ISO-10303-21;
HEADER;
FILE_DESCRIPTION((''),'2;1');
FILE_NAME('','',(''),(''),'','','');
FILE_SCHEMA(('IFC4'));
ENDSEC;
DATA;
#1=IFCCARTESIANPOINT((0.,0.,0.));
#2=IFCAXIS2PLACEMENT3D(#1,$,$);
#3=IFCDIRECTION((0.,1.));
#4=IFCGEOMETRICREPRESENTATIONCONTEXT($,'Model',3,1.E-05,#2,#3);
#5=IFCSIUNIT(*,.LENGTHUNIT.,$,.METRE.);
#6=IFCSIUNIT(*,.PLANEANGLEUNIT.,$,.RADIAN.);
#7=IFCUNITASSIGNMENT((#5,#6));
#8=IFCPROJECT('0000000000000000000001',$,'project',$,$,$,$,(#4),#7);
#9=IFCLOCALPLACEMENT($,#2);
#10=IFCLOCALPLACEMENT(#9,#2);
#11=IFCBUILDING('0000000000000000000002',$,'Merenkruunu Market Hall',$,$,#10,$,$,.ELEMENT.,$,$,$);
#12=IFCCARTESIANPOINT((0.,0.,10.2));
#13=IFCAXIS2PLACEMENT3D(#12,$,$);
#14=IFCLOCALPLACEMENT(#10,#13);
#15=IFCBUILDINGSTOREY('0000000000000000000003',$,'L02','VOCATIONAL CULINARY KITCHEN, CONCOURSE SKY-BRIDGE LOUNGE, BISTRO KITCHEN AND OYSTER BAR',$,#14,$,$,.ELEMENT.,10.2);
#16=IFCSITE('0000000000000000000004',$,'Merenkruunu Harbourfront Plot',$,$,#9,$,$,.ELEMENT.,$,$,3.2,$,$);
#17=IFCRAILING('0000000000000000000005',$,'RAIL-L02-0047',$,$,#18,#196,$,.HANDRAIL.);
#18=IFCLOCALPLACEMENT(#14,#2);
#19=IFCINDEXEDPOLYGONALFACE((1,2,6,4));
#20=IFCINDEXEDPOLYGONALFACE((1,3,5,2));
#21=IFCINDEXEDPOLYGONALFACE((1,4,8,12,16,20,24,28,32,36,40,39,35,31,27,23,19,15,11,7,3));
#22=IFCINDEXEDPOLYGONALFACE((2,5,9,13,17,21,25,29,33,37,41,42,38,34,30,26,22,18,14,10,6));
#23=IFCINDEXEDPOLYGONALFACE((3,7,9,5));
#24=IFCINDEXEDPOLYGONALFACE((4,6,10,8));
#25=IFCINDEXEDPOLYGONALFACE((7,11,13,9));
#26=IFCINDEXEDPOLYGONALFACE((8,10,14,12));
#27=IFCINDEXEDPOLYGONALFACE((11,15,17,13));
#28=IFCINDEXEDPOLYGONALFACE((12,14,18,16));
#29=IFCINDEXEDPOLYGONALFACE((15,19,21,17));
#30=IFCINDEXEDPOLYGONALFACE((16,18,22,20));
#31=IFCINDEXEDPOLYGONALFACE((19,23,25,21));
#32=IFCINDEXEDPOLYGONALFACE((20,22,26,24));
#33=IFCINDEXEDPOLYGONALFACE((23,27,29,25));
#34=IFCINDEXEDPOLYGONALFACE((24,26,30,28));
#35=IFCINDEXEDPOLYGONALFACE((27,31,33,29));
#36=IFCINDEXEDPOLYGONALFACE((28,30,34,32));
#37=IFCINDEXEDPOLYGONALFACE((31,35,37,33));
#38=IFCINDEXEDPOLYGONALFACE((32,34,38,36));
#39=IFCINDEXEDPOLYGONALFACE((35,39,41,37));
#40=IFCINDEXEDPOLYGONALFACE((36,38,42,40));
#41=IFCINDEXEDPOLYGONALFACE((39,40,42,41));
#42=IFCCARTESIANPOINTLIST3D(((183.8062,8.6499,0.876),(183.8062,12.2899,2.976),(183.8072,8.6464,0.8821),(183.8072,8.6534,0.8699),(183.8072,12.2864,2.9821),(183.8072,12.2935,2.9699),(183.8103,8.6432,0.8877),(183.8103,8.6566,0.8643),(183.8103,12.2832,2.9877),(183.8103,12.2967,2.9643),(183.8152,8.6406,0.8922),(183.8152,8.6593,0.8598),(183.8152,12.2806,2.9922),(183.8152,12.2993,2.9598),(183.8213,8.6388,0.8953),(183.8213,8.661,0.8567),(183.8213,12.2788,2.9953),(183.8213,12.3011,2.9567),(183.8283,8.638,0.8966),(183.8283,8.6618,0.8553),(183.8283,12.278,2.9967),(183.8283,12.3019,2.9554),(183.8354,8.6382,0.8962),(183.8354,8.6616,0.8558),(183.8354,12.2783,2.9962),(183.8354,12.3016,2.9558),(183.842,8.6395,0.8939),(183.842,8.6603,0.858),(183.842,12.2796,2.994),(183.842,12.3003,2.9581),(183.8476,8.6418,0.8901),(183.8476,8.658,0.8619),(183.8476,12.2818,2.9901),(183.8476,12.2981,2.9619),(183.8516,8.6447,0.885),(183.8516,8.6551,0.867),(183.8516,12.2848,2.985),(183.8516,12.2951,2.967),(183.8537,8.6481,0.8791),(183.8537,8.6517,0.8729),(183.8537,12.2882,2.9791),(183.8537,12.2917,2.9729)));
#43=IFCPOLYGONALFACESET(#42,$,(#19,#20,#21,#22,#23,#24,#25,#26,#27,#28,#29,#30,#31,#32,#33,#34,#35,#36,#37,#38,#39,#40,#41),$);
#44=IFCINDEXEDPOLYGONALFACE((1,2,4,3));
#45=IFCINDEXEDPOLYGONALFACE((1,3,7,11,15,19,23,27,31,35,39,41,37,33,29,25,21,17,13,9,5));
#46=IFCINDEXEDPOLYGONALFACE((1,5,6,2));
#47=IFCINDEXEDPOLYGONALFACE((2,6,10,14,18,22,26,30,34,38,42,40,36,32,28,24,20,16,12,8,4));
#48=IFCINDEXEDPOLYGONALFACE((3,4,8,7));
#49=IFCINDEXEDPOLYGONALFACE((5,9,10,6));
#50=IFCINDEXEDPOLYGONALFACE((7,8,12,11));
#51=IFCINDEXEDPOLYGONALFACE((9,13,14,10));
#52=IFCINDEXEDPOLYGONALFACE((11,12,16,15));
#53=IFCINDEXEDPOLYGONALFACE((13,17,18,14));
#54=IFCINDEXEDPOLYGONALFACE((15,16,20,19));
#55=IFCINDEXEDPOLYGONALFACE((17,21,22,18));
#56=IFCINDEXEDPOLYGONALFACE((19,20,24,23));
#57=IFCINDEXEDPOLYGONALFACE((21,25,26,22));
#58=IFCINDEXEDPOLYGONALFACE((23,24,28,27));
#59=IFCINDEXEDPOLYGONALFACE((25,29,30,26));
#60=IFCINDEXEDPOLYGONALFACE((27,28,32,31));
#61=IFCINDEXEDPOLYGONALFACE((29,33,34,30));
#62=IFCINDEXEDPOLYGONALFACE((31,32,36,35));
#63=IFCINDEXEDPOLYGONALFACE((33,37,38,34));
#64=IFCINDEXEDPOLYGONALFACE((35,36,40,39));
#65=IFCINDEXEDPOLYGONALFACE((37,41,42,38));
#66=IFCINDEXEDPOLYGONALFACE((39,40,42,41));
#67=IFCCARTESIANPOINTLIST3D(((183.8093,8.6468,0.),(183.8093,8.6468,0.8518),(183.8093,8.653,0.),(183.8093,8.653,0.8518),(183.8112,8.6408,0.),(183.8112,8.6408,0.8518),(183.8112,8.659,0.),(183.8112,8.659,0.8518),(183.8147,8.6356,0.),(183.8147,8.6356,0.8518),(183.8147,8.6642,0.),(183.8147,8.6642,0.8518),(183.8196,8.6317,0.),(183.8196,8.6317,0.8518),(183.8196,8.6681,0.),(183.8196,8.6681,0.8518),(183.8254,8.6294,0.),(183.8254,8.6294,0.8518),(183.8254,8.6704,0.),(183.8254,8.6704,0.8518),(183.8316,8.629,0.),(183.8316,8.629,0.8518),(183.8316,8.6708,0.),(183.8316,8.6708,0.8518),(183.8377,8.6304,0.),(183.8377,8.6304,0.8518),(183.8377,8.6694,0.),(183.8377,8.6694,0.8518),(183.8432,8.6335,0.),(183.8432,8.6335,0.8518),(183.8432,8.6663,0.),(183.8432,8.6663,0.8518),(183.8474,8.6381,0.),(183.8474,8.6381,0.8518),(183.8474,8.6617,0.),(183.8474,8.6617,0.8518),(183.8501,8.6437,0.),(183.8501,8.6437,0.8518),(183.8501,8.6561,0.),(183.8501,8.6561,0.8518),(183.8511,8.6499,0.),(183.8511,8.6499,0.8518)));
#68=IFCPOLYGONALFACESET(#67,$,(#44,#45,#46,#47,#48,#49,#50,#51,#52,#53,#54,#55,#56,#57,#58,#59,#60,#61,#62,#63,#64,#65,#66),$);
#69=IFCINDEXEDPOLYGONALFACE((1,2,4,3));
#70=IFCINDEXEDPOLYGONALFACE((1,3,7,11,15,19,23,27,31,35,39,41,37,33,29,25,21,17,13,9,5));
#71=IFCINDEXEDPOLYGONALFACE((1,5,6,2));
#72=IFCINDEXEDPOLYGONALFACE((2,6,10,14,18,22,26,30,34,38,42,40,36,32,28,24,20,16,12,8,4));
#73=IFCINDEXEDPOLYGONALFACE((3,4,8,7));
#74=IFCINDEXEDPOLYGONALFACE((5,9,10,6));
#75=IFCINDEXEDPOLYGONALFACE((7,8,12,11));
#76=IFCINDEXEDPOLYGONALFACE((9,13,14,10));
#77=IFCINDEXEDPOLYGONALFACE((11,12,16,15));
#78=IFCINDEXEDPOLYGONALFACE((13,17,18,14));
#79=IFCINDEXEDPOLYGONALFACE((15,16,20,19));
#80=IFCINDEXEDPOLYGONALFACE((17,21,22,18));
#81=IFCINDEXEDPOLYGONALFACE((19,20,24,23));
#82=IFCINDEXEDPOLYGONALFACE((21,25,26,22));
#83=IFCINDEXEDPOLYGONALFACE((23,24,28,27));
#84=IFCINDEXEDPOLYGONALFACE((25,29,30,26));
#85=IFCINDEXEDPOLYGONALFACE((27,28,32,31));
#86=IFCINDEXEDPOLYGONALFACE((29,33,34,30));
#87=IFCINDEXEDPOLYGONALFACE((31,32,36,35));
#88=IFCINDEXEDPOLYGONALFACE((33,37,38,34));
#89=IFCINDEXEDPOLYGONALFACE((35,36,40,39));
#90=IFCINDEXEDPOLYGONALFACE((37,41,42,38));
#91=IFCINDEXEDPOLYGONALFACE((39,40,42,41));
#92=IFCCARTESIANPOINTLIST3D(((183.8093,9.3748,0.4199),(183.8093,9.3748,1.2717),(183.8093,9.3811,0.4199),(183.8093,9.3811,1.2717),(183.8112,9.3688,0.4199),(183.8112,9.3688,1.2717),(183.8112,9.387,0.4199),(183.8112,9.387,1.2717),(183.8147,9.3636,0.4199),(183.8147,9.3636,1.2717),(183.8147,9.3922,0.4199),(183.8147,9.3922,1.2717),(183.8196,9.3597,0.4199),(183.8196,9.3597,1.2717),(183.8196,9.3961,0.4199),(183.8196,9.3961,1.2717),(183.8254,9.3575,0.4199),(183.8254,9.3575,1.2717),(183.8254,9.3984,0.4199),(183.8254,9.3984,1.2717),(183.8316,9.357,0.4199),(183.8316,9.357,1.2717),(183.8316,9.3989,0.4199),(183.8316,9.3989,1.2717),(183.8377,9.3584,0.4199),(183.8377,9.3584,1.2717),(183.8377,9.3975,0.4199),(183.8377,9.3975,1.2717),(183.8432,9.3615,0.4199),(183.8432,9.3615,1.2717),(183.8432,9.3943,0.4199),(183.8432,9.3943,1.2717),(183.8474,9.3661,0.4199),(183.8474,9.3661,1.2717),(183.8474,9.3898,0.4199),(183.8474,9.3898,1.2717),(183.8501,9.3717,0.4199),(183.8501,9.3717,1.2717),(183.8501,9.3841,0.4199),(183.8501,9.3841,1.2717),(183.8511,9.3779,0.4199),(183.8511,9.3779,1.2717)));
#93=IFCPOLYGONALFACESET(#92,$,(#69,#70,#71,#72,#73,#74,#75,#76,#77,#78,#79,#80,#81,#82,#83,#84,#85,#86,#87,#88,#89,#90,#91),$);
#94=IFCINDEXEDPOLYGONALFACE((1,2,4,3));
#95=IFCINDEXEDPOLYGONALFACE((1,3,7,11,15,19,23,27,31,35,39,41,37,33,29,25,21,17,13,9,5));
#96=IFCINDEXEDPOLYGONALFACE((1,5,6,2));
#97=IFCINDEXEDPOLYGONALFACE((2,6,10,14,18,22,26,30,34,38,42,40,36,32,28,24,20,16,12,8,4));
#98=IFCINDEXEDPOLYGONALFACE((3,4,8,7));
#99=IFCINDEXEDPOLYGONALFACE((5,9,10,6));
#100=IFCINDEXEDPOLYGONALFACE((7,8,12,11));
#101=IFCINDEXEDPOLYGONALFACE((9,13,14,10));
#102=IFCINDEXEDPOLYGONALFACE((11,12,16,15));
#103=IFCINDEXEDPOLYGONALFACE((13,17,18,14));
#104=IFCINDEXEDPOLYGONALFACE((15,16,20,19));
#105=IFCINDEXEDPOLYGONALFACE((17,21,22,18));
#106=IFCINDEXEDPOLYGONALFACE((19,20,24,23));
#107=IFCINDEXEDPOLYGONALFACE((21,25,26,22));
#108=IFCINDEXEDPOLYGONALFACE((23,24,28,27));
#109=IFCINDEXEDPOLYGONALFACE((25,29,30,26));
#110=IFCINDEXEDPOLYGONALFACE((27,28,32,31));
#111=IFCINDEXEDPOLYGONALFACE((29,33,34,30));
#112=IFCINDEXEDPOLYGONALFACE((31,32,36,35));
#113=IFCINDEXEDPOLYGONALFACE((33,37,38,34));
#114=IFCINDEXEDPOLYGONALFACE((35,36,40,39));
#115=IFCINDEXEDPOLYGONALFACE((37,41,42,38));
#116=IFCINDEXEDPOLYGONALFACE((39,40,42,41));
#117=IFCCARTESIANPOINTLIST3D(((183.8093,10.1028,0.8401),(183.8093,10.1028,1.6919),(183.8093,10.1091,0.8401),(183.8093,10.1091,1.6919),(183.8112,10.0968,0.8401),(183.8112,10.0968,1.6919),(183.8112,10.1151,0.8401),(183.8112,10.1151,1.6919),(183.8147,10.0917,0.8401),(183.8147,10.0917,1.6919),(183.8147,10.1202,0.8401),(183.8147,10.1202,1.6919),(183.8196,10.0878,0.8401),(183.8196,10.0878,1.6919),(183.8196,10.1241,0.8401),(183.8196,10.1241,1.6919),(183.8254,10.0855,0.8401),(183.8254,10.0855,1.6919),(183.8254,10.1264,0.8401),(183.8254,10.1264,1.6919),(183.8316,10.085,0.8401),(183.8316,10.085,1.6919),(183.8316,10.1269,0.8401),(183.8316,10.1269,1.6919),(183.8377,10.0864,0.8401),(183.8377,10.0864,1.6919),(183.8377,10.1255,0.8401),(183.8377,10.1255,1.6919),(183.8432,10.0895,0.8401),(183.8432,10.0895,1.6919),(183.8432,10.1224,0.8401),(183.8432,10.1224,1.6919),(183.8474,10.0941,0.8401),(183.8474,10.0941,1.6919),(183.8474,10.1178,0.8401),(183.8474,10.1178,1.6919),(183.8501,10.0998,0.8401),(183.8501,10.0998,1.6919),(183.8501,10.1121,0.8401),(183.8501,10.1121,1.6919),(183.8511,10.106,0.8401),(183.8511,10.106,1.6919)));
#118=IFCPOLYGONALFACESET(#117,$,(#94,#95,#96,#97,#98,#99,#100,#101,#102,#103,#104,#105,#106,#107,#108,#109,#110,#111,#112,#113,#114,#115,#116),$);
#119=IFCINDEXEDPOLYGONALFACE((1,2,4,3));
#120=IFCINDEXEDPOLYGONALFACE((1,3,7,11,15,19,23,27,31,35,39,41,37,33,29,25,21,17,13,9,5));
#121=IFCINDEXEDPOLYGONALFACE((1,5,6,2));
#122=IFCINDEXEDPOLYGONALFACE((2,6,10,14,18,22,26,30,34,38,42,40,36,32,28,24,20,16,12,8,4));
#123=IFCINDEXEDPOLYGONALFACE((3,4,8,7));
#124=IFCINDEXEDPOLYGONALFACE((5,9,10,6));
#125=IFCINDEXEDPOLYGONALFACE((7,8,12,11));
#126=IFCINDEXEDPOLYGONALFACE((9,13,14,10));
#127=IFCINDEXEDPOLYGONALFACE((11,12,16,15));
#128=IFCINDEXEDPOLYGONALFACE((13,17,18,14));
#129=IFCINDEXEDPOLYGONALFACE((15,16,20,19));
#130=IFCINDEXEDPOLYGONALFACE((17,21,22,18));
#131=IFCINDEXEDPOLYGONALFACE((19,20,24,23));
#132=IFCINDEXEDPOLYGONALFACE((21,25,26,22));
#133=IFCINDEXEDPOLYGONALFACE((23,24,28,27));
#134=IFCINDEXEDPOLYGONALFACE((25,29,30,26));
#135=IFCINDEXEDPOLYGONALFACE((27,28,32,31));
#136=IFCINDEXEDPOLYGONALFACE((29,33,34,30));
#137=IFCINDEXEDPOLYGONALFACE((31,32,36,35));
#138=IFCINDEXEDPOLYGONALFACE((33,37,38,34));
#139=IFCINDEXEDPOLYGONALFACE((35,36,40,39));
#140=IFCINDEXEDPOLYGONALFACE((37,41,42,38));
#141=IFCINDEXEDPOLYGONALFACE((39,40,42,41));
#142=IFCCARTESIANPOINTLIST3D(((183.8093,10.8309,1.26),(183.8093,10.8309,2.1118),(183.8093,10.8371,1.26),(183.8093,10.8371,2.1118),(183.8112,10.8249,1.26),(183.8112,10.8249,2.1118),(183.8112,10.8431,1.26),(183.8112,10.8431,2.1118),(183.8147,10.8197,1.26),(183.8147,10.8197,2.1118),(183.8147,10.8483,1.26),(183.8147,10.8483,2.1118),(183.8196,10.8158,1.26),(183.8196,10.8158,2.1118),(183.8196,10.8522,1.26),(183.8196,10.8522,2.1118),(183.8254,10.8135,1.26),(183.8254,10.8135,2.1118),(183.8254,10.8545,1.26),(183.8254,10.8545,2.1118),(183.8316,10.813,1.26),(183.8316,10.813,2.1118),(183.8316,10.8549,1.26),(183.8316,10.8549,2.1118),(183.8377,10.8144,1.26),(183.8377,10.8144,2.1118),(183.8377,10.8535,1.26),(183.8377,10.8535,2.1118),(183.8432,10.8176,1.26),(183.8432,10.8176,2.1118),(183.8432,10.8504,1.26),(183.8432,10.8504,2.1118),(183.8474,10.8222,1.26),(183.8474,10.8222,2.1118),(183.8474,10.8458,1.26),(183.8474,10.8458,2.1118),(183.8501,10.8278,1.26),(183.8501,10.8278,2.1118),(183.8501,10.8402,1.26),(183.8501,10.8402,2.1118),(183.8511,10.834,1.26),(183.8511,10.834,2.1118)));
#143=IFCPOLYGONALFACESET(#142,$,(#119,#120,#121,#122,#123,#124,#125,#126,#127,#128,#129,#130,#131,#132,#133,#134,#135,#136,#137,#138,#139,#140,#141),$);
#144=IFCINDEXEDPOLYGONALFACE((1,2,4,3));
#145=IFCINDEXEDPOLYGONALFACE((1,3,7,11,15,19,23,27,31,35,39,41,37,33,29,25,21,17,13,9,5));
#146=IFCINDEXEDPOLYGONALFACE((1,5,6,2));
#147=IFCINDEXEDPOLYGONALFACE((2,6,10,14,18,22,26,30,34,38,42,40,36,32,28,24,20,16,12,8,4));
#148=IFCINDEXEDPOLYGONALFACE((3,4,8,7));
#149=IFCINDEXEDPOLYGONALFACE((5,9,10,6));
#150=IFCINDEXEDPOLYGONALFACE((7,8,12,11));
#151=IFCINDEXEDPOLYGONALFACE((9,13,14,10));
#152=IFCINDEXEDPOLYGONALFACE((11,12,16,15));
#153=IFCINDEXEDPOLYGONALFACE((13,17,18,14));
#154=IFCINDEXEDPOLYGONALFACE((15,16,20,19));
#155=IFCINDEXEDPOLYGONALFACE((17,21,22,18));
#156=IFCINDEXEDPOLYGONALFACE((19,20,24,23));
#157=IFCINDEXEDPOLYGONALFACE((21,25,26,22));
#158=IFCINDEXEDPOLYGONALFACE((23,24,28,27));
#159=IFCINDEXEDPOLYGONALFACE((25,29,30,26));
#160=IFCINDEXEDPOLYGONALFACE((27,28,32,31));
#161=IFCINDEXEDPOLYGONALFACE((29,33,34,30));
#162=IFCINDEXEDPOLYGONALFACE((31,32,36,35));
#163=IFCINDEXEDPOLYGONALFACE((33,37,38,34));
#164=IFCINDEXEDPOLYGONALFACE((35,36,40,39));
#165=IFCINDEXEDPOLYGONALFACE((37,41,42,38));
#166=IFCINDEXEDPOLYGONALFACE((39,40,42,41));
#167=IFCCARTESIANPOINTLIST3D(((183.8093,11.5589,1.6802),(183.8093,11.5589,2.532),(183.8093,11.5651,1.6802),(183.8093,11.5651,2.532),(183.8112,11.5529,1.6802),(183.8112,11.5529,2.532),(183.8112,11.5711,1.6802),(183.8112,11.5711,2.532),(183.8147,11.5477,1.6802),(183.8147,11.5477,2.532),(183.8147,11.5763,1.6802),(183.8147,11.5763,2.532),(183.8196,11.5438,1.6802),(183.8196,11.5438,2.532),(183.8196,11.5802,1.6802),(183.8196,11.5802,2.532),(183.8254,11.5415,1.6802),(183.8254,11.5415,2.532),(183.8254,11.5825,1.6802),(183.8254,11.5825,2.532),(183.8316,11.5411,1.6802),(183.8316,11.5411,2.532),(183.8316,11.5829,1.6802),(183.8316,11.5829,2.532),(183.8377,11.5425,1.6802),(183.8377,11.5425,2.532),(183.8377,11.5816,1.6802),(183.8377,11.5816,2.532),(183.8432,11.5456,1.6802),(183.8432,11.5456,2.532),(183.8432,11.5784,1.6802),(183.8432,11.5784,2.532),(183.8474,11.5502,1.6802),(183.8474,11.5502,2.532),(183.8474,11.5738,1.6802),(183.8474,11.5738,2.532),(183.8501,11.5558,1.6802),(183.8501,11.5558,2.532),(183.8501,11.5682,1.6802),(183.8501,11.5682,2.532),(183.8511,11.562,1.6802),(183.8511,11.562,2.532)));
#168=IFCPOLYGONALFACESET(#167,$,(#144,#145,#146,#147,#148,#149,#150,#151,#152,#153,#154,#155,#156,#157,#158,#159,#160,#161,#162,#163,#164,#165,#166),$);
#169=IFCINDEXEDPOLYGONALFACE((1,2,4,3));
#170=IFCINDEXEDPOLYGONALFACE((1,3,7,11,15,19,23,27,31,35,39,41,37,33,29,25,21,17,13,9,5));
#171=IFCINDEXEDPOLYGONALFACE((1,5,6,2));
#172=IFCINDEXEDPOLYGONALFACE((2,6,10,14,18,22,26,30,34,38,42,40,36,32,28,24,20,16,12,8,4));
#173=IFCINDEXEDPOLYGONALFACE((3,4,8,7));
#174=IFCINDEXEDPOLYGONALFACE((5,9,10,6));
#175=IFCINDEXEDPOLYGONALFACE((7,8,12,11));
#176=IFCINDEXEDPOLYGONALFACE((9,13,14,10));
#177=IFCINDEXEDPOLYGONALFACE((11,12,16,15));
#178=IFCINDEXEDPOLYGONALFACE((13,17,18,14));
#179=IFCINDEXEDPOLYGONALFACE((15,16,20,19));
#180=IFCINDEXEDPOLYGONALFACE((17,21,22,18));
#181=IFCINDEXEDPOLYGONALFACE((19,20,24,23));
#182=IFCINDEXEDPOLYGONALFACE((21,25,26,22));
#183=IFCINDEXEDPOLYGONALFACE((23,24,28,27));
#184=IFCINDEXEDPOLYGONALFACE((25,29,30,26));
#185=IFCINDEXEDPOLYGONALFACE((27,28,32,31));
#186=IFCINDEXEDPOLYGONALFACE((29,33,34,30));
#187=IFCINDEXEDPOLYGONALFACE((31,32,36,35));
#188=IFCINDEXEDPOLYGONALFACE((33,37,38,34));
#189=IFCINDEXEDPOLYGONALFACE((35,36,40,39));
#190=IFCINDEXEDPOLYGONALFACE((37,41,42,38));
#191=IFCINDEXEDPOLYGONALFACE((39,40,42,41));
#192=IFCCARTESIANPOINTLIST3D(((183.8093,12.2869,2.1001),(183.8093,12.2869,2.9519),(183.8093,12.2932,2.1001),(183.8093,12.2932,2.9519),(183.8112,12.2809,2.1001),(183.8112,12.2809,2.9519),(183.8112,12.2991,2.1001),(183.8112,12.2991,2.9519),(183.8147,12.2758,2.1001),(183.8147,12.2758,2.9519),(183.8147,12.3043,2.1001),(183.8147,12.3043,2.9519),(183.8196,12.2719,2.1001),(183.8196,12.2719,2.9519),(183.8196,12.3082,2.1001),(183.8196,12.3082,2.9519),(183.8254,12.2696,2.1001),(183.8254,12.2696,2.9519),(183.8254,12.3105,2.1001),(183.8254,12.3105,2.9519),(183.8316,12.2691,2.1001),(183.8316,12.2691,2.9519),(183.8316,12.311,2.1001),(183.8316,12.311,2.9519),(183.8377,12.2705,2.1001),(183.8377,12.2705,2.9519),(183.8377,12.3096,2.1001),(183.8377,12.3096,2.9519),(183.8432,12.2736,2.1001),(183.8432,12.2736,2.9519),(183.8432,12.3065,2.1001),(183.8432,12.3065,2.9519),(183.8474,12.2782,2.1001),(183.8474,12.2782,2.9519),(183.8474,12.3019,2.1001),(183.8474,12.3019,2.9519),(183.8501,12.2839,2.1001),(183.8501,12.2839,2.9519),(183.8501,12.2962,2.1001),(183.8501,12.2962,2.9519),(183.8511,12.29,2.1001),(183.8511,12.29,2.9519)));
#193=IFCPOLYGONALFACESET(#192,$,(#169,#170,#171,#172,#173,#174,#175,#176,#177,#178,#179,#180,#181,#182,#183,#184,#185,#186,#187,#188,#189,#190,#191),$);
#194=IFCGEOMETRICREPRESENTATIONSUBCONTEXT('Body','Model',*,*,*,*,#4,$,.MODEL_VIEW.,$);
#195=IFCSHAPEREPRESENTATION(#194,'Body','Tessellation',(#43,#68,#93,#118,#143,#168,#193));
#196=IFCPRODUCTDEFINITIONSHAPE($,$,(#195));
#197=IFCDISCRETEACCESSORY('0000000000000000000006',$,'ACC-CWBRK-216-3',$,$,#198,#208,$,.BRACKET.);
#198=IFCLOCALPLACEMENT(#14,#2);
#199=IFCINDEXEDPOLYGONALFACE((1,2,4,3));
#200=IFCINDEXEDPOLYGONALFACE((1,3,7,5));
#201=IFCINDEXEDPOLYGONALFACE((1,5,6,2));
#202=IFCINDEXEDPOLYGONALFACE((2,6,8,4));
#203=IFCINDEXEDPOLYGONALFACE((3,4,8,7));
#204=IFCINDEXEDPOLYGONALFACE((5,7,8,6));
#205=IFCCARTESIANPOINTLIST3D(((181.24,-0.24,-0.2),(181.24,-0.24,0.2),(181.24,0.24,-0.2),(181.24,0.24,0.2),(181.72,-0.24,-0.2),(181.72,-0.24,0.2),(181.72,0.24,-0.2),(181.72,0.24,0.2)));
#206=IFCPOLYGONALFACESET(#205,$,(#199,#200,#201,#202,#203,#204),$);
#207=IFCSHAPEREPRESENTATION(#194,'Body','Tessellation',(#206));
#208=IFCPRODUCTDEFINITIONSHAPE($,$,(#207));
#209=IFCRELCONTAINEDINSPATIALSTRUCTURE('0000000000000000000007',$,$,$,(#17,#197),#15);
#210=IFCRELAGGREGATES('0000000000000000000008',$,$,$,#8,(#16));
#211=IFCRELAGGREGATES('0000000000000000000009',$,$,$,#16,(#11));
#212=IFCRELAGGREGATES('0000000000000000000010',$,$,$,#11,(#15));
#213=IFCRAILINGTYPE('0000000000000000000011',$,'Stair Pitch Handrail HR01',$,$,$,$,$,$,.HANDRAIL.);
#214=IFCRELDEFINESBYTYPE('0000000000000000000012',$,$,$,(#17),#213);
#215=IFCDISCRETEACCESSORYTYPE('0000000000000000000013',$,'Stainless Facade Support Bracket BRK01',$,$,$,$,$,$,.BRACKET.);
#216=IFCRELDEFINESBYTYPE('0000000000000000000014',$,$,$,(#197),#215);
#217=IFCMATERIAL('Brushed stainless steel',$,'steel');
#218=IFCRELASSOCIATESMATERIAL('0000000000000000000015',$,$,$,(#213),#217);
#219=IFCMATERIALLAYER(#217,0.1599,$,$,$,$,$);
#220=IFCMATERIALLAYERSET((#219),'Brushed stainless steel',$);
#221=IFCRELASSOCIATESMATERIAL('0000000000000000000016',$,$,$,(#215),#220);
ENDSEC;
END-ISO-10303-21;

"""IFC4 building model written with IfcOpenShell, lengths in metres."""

from ifc_helpers import new_model, si_unit, direction, frame, origin, origin_2d, place, context, subcontext, project, spatial, rectangle, circle, extrude, material, layer, layer_set, type_object, element, save


model = new_model("IFC4")

# Units and contexts
model_context = context("Model", 3, precision=1e-05, world=origin(), true_north=direction((0.0, 1.0)))
body_context = subcontext(model_context, "Body", "Model", "MODEL_VIEW")
ifc_project = project(units=[si_unit("LENGTHUNIT", "METRE"), si_unit("PLANEANGLEUNIT", "RADIAN")], contexts=[model_context])

# Site, building, storey
site_placement = place(None, origin())
site = spatial("IfcSite", under=ifc_project, at=site_placement, Name="Merenkruunu Harbourfront Plot", CompositionType="ELEMENT", RefElevation=3.2)
building_placement = place(site_placement, origin())
building = spatial("IfcBuilding", under=site, at=building_placement, Name="Merenkruunu Market Hall", CompositionType="ELEMENT")
storey_placement = place(building_placement, frame((0.0, 0.0, 10.2)))
storey = spatial("IfcBuildingStorey", under=building, at=storey_placement, Name="L02", Description="VOCATIONAL CULINARY KITCHEN, CONCOURSE SKY-BRIDGE LOUNGE, BISTRO KITCHEN AND OYSTER BAR", CompositionType="ELEMENT", Elevation=10.2)

# Railing
ifc_material_1 = material(Name="Brushed stainless steel", Category="steel")
railing_type_1 = type_object("IfcRailingType", Name="Stair Pitch Handrail HR01", PredefinedType="HANDRAIL", material=ifc_material_1)
railing_1_placement = place(storey_placement, frame((183.8301, 8.6499, 0.0)))
element("IfcRailing", 1, at=railing_1_placement, inside=storey, type_object=railing_type_1, Name="RAIL-L02-0047", PredefinedType="HANDRAIL", context=body_context, shape_type="SweptSolid", body=[
    extrude(circle(Radius=0.0239, at=origin_2d()), frame((0.0, 0.0, 0.876), z_axis=(0.0, 0.866184, 0.499726), x_axis=(-1.0, 0.0, 0.0)), (0.0, 0.0, 1.0), 4.2024),
    extrude(circle(Radius=0.021, at=origin_2d()), origin(), (0.0, 0.0, 1.0), 0.8518),
    extrude(circle(Radius=0.021, at=origin_2d()), frame((0.0, 0.728, 0.4199)), (0.0, 0.0, 1.0), 0.8518),
    extrude(circle(Radius=0.021, at=origin_2d()), frame((0.0, 1.4561, 0.8401)), (0.0, 0.0, 1.0), 0.8518),
    extrude(circle(Radius=0.021, at=origin_2d()), frame((0.0, 2.1841, 1.26)), (0.0, 0.0, 1.0), 0.8518),
    extrude(circle(Radius=0.021, at=origin_2d()), frame((0.0, 2.9121, 1.6802)), (0.0, 0.0, 1.0), 0.8518),
    extrude(circle(Radius=0.021, at=origin_2d()), frame((0.0, 3.6401, 2.1001)), (0.0, 0.0, 1.0), 0.8518),
])

# Discrete accessory
ifc_layer_1 = layer(ifc_material_1, 0.1599)
ifc_layer_set_1 = layer_set([ifc_layer_1], Name="Brushed stainless steel")
discrete_accessory_type = type_object("IfcDiscreteAccessoryType", Name="Stainless Facade Support Bracket BRK01", PredefinedType="BRACKET", material=ifc_layer_set_1)
discrete_accessory_placement = place(storey_placement, frame((181.48, 0.0, -0.2), z_axis=(0.0, 0.0, 1.0), x_axis=(1.0, 0.0, 0.0)))
element("IfcDiscreteAccessory", 2, at=discrete_accessory_placement, inside=storey, type_object=discrete_accessory_type, Name="ACC-CWBRK-216-3", PredefinedType="BRACKET", context=body_context, shape_type="SweptSolid", body=[
    extrude(rectangle(XDim=0.48, YDim=0.48, at=origin_2d()), origin(), (0.0, 0.0, 1.0), 0.3999),
])

save(model, "model.ifc")
